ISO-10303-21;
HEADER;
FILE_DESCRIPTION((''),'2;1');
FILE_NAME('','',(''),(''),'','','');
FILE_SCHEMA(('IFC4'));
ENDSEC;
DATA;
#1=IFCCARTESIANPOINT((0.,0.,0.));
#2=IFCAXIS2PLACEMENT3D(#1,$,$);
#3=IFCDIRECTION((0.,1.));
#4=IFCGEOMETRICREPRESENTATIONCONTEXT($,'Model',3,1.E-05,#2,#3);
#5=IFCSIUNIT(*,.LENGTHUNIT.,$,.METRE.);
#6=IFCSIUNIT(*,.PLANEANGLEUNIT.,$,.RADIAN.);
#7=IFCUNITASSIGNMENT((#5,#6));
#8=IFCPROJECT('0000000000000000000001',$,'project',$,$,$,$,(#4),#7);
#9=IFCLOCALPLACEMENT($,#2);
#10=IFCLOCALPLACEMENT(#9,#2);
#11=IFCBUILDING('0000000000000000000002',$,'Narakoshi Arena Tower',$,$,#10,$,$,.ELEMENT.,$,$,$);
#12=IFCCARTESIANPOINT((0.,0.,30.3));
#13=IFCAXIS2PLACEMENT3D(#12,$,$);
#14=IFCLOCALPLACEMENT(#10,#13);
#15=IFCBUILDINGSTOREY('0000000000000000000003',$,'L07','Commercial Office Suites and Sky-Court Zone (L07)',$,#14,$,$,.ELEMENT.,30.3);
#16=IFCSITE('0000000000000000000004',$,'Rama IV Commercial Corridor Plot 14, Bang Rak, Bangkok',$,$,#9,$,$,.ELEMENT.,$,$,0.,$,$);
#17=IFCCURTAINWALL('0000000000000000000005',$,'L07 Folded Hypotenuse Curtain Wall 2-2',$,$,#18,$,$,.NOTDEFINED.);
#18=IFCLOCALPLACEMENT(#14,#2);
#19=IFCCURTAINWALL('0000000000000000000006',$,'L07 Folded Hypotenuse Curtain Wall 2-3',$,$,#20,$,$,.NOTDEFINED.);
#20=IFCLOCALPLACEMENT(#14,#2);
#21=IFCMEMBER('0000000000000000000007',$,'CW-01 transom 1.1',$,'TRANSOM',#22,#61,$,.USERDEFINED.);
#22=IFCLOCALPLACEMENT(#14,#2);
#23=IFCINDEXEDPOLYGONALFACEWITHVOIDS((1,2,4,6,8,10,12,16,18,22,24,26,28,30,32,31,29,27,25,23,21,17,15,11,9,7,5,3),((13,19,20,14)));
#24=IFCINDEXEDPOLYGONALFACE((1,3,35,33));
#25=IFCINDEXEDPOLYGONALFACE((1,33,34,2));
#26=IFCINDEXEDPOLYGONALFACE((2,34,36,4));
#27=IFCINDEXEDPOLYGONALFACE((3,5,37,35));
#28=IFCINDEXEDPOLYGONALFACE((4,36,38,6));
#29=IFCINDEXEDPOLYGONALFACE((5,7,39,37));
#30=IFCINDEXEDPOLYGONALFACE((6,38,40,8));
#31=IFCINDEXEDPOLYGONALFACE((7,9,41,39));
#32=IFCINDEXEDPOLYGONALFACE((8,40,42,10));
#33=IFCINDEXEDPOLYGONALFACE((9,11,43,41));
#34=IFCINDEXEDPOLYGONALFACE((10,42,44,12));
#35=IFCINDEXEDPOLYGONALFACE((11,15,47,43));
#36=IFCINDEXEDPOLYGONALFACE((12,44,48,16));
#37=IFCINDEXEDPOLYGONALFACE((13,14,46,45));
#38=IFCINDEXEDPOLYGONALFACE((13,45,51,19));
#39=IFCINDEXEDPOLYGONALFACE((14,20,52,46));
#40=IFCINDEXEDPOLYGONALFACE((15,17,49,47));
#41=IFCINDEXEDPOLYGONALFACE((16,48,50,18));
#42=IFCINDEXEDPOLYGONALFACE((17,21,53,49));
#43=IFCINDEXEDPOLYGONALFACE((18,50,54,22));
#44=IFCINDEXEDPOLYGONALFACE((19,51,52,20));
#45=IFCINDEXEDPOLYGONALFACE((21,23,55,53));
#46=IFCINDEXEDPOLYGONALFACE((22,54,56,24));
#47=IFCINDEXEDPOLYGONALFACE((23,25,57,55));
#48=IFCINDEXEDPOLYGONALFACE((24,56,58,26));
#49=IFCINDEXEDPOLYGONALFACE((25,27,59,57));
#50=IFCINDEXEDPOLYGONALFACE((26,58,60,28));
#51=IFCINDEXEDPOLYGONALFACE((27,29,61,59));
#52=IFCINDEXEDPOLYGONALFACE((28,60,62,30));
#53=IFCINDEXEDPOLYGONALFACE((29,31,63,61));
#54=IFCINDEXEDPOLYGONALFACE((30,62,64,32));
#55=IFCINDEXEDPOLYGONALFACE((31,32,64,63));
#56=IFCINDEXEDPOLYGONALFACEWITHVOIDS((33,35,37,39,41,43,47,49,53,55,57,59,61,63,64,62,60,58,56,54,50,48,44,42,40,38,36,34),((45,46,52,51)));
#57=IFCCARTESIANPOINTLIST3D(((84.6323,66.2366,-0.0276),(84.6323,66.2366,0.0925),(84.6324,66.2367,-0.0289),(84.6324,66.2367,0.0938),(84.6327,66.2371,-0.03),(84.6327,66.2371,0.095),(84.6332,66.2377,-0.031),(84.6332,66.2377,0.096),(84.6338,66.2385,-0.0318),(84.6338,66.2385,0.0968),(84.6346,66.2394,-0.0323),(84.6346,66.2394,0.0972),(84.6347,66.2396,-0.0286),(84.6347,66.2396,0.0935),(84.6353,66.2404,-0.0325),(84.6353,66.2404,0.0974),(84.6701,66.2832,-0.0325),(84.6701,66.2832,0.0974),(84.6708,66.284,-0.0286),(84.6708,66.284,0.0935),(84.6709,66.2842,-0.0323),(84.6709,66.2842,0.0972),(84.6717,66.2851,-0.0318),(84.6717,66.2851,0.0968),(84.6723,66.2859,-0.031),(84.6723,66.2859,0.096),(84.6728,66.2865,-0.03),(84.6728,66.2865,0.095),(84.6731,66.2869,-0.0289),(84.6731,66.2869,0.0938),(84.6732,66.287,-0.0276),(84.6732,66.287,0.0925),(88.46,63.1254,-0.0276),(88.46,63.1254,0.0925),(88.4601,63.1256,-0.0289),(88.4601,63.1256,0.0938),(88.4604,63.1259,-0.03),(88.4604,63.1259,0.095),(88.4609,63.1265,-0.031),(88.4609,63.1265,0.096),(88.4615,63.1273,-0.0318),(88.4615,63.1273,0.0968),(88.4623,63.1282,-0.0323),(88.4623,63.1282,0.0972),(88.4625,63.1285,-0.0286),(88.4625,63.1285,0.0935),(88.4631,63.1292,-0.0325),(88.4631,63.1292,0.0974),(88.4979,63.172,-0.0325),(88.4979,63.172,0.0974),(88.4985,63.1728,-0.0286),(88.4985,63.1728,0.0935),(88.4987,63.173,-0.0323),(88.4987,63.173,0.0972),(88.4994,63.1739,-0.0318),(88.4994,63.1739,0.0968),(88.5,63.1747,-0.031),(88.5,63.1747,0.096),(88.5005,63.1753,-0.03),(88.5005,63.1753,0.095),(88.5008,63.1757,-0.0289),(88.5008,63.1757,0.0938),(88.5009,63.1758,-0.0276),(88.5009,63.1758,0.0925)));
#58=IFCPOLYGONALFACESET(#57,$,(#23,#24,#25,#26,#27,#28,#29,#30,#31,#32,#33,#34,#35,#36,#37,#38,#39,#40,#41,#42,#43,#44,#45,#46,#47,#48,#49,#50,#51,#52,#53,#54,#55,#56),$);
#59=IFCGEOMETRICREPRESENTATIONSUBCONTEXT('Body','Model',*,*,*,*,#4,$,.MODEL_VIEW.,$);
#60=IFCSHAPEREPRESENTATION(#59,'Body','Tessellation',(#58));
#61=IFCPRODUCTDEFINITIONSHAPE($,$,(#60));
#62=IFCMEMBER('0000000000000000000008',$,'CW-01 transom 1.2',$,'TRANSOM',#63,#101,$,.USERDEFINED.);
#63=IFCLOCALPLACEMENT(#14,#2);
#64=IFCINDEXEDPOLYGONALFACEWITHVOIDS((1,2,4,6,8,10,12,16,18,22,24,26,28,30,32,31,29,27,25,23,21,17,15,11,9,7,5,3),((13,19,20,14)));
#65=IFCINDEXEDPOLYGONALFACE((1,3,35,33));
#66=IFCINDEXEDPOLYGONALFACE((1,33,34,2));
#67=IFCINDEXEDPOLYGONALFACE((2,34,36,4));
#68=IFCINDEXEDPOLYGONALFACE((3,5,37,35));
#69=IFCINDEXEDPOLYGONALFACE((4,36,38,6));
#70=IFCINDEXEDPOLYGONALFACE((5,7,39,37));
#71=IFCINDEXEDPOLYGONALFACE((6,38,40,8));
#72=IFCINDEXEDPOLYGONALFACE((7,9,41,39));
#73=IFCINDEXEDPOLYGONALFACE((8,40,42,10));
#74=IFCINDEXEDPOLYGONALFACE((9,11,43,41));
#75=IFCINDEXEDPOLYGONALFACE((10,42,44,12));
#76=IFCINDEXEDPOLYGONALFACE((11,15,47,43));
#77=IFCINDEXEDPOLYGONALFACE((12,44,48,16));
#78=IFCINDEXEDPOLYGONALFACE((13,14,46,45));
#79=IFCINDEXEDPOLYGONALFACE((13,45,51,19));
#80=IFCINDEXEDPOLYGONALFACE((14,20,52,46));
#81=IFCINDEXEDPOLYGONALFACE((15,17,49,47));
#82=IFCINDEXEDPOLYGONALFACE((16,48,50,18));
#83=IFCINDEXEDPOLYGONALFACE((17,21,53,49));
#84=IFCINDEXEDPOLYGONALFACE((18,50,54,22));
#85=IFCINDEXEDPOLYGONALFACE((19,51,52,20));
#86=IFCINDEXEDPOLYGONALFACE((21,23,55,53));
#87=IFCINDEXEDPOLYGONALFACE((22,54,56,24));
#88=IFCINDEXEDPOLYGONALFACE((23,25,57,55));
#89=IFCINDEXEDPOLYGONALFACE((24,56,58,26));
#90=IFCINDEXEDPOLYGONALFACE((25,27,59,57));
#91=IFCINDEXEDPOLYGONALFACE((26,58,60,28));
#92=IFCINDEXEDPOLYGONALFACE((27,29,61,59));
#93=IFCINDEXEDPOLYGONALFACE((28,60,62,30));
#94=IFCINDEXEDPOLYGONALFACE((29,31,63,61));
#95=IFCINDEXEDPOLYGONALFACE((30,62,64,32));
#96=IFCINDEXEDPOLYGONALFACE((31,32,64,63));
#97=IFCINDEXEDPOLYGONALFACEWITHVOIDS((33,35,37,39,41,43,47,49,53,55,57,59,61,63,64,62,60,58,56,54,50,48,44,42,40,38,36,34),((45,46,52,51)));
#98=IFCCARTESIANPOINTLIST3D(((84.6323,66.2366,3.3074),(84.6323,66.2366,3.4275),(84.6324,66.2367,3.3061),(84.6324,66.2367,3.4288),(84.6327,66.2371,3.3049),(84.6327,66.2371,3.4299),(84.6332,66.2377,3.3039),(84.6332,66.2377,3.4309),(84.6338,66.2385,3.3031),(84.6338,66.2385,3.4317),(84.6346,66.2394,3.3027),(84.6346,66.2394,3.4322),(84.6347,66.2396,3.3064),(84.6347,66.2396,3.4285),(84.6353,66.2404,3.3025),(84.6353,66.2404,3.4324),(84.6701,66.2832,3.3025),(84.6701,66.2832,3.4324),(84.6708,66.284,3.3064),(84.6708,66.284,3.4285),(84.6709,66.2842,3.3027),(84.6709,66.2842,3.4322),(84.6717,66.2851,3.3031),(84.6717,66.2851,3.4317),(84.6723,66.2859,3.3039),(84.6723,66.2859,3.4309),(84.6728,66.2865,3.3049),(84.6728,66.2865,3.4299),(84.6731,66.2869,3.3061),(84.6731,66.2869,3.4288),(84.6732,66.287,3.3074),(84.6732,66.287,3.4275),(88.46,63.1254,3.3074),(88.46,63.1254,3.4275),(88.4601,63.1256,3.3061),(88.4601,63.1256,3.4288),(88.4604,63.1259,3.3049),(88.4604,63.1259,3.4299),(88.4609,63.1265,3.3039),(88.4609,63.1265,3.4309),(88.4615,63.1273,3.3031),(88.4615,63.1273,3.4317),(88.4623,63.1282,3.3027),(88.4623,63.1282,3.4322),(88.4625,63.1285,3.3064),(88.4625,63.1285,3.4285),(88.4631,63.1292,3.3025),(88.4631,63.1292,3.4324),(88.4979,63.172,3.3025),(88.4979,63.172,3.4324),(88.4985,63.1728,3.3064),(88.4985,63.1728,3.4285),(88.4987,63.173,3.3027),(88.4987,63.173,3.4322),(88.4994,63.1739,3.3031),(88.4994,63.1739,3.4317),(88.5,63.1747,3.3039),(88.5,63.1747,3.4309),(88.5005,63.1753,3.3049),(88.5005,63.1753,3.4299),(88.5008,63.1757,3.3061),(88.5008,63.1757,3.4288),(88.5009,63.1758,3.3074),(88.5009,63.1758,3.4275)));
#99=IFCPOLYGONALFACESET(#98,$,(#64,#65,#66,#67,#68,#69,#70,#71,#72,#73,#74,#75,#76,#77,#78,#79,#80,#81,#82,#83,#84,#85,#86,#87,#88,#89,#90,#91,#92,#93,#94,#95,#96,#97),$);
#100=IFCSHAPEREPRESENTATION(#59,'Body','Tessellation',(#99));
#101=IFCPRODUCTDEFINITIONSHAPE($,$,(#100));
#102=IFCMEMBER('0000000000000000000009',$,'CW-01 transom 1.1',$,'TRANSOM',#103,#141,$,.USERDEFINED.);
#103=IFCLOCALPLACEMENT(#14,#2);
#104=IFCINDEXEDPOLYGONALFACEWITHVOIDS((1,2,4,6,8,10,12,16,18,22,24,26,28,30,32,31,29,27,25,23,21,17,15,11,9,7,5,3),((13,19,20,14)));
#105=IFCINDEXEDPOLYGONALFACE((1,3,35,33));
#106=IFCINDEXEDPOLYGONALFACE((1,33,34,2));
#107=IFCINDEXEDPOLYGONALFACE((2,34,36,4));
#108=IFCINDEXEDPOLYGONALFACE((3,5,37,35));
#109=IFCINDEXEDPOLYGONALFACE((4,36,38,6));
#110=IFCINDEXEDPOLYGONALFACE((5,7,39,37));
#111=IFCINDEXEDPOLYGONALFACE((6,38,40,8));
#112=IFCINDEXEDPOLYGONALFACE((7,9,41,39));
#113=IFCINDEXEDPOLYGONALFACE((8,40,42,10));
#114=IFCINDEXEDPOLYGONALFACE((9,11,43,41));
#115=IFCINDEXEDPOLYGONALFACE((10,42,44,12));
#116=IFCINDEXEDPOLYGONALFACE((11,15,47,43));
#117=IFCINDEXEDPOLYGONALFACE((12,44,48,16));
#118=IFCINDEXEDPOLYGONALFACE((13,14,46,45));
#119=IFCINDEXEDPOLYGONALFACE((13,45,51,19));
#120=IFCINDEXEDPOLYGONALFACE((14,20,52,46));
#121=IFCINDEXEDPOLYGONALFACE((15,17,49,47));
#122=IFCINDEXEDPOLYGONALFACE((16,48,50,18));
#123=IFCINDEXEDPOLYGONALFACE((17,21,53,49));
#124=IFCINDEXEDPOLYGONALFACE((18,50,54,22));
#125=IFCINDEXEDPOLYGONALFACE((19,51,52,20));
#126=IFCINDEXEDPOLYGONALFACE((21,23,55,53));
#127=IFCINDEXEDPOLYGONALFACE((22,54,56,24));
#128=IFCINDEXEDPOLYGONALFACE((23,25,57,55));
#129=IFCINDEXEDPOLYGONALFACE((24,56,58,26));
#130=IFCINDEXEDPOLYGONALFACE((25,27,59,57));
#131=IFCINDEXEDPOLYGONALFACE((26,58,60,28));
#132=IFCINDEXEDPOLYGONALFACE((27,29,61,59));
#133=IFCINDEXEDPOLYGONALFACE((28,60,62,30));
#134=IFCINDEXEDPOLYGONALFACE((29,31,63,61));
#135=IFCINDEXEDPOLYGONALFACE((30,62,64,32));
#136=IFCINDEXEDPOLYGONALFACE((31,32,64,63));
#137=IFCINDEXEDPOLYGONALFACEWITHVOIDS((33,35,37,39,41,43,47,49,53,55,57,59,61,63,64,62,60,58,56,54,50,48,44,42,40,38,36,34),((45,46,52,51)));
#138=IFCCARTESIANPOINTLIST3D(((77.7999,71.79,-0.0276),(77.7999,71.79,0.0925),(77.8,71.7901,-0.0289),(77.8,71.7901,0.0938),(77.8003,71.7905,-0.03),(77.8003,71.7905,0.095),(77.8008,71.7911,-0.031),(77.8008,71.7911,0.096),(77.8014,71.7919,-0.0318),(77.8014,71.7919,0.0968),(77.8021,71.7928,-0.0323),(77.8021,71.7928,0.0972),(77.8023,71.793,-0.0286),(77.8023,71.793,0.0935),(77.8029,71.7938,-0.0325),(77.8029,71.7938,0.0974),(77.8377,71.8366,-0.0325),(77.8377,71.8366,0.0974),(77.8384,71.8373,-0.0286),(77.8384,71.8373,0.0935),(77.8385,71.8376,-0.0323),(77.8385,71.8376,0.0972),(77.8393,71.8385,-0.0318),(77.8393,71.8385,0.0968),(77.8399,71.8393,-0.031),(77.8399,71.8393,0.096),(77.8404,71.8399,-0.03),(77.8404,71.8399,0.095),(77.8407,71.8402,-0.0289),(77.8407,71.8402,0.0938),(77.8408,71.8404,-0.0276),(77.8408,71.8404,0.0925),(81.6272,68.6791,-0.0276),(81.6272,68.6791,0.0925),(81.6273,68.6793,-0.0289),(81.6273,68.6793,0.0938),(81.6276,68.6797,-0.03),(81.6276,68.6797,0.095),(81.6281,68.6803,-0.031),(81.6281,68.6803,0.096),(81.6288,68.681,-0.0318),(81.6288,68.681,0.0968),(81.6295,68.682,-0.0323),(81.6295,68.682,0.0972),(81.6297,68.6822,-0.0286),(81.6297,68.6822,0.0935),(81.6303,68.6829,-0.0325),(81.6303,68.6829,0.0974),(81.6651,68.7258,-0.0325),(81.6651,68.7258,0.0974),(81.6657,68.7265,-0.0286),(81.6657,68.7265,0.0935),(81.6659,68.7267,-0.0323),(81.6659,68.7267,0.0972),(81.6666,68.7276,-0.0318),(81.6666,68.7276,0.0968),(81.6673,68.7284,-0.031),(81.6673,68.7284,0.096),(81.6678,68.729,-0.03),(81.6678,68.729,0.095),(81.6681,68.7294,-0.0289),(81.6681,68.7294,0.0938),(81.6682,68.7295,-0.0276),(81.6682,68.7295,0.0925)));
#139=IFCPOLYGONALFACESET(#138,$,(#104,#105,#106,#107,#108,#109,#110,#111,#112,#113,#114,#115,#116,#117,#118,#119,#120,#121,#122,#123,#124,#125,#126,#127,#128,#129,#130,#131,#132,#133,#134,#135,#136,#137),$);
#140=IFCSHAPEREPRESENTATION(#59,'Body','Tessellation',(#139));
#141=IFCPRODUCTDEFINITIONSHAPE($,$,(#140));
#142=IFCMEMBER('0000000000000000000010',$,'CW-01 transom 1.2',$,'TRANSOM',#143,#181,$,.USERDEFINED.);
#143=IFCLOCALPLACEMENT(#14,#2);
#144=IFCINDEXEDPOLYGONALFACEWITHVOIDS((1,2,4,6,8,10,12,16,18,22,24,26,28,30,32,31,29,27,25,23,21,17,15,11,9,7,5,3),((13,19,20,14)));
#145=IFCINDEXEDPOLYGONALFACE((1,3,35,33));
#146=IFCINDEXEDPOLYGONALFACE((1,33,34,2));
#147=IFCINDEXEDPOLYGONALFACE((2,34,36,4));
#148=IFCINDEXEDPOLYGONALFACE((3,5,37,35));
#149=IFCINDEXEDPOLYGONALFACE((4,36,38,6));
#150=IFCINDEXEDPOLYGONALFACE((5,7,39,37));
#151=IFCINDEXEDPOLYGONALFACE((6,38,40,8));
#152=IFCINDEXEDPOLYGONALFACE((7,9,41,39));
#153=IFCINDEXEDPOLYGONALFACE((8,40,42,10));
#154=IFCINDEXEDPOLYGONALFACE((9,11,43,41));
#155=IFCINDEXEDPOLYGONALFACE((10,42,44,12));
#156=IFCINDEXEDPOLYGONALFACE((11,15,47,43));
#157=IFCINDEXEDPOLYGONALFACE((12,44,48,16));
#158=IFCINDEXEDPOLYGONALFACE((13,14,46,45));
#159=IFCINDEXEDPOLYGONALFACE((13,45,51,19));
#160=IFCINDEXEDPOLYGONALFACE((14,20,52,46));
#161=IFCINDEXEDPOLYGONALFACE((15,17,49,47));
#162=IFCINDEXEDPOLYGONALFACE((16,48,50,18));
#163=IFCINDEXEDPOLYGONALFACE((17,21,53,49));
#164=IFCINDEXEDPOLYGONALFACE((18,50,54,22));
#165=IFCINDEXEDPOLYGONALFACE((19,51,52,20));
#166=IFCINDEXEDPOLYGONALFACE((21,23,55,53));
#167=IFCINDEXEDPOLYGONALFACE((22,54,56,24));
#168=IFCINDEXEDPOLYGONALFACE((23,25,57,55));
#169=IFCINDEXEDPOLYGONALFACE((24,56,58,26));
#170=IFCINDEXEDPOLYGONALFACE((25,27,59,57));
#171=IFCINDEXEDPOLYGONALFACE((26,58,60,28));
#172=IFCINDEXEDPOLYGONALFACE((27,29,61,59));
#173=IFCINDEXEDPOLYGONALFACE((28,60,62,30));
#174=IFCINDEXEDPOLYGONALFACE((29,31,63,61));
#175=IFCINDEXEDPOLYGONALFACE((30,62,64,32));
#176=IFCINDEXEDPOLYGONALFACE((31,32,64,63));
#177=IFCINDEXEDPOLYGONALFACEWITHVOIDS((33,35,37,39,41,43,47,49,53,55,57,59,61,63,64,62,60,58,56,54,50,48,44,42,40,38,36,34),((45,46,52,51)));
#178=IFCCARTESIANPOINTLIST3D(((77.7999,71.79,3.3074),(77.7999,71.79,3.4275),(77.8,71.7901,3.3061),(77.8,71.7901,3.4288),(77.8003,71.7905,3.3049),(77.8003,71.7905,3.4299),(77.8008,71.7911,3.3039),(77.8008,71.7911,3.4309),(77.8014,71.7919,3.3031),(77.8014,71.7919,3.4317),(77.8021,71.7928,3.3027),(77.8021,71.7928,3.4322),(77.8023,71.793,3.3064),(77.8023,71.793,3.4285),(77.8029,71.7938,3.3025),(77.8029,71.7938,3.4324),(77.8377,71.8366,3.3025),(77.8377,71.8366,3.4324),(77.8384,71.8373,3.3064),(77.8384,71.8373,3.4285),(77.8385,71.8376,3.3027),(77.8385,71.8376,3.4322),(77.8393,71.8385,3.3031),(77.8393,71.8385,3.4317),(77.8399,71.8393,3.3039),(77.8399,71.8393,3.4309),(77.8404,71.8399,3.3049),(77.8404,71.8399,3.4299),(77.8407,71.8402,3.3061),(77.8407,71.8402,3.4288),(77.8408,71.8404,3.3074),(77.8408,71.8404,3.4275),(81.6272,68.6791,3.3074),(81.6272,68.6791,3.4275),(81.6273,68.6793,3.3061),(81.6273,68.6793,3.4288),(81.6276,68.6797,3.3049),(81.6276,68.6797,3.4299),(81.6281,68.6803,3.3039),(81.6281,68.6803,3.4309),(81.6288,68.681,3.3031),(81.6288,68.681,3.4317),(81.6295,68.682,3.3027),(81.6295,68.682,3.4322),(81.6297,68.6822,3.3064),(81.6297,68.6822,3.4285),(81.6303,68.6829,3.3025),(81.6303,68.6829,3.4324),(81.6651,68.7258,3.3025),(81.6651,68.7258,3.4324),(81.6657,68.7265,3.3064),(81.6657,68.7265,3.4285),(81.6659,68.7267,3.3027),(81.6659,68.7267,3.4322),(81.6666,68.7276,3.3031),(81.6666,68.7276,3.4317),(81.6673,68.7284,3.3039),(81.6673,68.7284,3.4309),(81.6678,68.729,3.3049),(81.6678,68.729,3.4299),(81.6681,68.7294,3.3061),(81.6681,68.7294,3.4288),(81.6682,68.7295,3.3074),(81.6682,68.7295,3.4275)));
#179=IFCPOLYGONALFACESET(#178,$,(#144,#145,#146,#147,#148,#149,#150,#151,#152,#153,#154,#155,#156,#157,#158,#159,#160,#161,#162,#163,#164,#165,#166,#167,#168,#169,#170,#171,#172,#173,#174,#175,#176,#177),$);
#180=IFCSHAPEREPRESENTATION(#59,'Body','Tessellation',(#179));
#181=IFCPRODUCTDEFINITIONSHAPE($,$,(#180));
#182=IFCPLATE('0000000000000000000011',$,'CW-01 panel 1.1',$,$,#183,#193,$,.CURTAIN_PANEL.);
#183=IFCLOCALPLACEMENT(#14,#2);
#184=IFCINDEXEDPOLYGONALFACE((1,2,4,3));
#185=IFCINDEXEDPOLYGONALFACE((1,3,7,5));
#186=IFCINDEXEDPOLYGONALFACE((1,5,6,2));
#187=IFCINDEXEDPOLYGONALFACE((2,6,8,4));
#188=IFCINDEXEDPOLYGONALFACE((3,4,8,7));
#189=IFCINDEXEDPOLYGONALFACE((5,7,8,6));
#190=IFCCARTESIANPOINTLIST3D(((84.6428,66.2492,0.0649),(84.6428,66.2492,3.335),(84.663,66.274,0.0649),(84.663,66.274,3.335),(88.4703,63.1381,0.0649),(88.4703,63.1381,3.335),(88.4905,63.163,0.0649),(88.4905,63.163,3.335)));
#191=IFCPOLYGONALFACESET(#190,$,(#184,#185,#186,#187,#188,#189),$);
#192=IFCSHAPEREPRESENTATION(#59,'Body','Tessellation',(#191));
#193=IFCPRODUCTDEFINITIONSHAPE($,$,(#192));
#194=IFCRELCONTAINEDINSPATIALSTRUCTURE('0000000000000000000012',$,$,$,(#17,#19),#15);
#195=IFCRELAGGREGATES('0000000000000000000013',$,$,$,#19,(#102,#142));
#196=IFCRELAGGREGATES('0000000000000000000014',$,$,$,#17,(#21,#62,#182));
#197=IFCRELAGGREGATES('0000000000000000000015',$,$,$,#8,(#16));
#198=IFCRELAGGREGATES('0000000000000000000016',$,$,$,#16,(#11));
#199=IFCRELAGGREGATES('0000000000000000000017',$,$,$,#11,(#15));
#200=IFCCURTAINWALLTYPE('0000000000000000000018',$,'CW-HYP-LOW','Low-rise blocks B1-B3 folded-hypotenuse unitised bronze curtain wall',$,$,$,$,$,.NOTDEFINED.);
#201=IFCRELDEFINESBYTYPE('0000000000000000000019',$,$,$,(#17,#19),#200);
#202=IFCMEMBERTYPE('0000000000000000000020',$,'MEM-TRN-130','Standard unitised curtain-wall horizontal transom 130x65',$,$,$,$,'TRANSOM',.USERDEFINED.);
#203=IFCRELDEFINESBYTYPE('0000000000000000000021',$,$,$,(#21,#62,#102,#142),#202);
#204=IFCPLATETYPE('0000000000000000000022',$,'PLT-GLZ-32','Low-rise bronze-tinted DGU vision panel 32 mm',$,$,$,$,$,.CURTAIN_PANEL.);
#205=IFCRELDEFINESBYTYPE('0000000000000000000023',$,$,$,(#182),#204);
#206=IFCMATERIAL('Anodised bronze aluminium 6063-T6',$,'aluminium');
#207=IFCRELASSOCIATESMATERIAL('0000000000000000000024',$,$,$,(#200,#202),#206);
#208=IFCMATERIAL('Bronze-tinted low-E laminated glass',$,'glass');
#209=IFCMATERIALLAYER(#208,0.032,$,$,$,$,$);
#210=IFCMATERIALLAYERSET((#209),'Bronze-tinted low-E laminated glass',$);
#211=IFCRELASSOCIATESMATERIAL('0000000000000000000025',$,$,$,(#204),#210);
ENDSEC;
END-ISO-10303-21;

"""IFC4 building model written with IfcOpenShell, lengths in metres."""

from ifc_helpers import new_model, si_unit, direction, frame, origin, origin_2d, place, context, subcontext, project, spatial, rectangle, hollow_rectangle, extrude, material, layer, layer_set, material_profile, profile_set, type_object, element, aggregate, save


model = new_model("IFC4")

# Units and contexts
model_context = context("Model", 3, precision=1e-05, world=origin(), true_north=direction((0.0, 1.0)))
body_context = subcontext(model_context, "Body", "Model", "MODEL_VIEW")
ifc_project = project(units=[si_unit("LENGTHUNIT", "METRE"), si_unit("PLANEANGLEUNIT", "RADIAN")], contexts=[model_context])

# Site, building, storey
site_placement = place(None, origin())
site = spatial("IfcSite", under=ifc_project, at=site_placement, Name="Rama IV Commercial Corridor Plot 14, Bang Rak, Bangkok", CompositionType="ELEMENT", RefElevation=0.0)
building_placement = place(site_placement, origin())
building = spatial("IfcBuilding", under=site, at=building_placement, Name="Narakoshi Arena Tower", CompositionType="ELEMENT")
storey_placement = place(building_placement, frame((0.0, 0.0, 30.3)))
storey = spatial("IfcBuildingStorey", under=building, at=storey_placement, Name="L07", Description="Commercial Office Suites and Sky-Court Zone (L07)", CompositionType="ELEMENT", Elevation=30.3)

# Curtain wall
ifc_material_1 = material(Name="Anodised bronze aluminium 6063-T6", Category="aluminium")
curtain_wall_type = type_object("IfcCurtainWallType", Name="CW-HYP-LOW", Description="Low-rise blocks B1-B3 folded-hypotenuse unitised bronze curtain wall", PredefinedType="NOTDEFINED", material=ifc_material_1)
curtain_wall_1_placement = place(storey_placement, origin())
curtain_wall_1 = element("IfcCurtainWall", 1, at=curtain_wall_1_placement, inside=storey, type_object=curtain_wall_type, Name="L07 Folded Hypotenuse Curtain Wall 2-2", PredefinedType="NOTDEFINED")

# Curtain wall
curtain_wall_2_placement = place(storey_placement, origin())
curtain_wall_2 = element("IfcCurtainWall", 2, at=curtain_wall_2_placement, inside=storey, type_object=curtain_wall_type, Name="L07 Folded Hypotenuse Curtain Wall 2-3", PredefinedType="NOTDEFINED")

# Members
ifc_material_profile_1 = material_profile(ifc_material_1, hollow_rectangle(XDim=0.0649, YDim=0.1299, WallThickness=0.0039, OuterFilletRadius=0.0049, at=origin_2d()), Name="TRN130x65x4")
ifc_profile_set_1 = profile_set([ifc_material_profile_1], Name="Anodised bronze aluminium 6063-T6")
member_type_1 = type_object("IfcMemberType", Name="MEM-TRN-130", Description="Standard unitised curtain-wall horizontal transom 130x65", ElementType="TRANSOM", PredefinedType="USERDEFINED", material=ifc_profile_set_1)
member_1_placement = place(storey_placement, frame((88.4805, 63.1506, 0.0325), z_axis=(-0.776002, 0.630731, 0.0), x_axis=(-0.630731, -0.776002, 0.0)))
member_1 = element("IfcMember", 3, at=member_1_placement, type_object=member_type_1, Name="CW-01 transom 1.1", ObjectType="TRANSOM", PredefinedType="USERDEFINED", context=body_context, shape_type="SweptSolid", body=[
    extrude(hollow_rectangle(XDim=0.0649, YDim=0.1299, WallThickness=0.0039, OuterFilletRadius=0.0049, at=origin_2d()), origin(), (0.0, 0.0, 1.0), 4.9326),
])
member_2_placement = place(storey_placement, frame((88.4805, 63.1506, 3.3674), z_axis=(-0.776002, 0.630731, 0.0), x_axis=(-0.630731, -0.776002, 0.0)))
member_2 = element("IfcMember", 4, at=member_2_placement, type_object=member_type_1, Name="CW-01 transom 1.2", ObjectType="TRANSOM", PredefinedType="USERDEFINED", context=body_context, shape_type="SweptSolid", body=[
    extrude(hollow_rectangle(XDim=0.0649, YDim=0.1299, WallThickness=0.0039, OuterFilletRadius=0.0049, at=origin_2d()), origin(), (0.0, 0.0, 1.0), 4.9326),
])
member_3_placement = place(storey_placement, frame((81.6477, 68.7043, 0.0325), z_axis=(-0.776006, 0.630725, 0.0), x_axis=(-0.630725, -0.776006, 0.0)))
member_3 = element("IfcMember", 5, at=member_3_placement, type_object=member_type_1, Name="CW-01 transom 1.1", ObjectType="TRANSOM", PredefinedType="USERDEFINED", context=body_context, shape_type="SweptSolid", body=[
    extrude(hollow_rectangle(XDim=0.0649, YDim=0.1299, WallThickness=0.0039, OuterFilletRadius=0.0049, at=origin_2d()), origin(), (0.0, 0.0, 1.0), 4.9321),
])
member_4_placement = place(storey_placement, frame((81.6477, 68.7043, 3.3674), z_axis=(-0.776006, 0.630725, 0.0), x_axis=(-0.630725, -0.776006, 0.0)))
member_4 = element("IfcMember", 6, at=member_4_placement, type_object=member_type_1, Name="CW-01 transom 1.2", ObjectType="TRANSOM", PredefinedType="USERDEFINED", context=body_context, shape_type="SweptSolid", body=[
    extrude(hollow_rectangle(XDim=0.0649, YDim=0.1299, WallThickness=0.0039, OuterFilletRadius=0.0049, at=origin_2d()), origin(), (0.0, 0.0, 1.0), 4.9321),
])
aggregate(curtain_wall_2, [member_3, member_4])

# Plate
ifc_material_2 = material(Name="Bronze-tinted low-E laminated glass", Category="glass")
ifc_layer_1 = layer(ifc_material_2, 0.032)
ifc_layer_set_1 = layer_set([ifc_layer_1], Name="Bronze-tinted low-E laminated glass")
plate_type = type_object("IfcPlateType", Name="PLT-GLZ-32", Description="Low-rise bronze-tinted DGU vision panel 32 mm", PredefinedType="CURTAIN_PANEL", material=ifc_layer_set_1)
plate_placement = place(storey_placement, frame((86.5667, 64.7061, 0.0649), z_axis=(0.0, 0.0, 1.0), x_axis=(-0.775998, 0.630735, 0.0)))
plate = element("IfcPlate", 7, at=plate_placement, type_object=plate_type, Name="CW-01 panel 1.1", PredefinedType="CURTAIN_PANEL", context=body_context, shape_type="SweptSolid", body=[
    extrude(rectangle(XDim=4.9324, YDim=0.032, at=origin_2d()), origin(), (0.0, 0.0, 1.0), 3.27),
])
aggregate(curtain_wall_1, [member_1, member_2, plate])

save(model, "model.ifc")
